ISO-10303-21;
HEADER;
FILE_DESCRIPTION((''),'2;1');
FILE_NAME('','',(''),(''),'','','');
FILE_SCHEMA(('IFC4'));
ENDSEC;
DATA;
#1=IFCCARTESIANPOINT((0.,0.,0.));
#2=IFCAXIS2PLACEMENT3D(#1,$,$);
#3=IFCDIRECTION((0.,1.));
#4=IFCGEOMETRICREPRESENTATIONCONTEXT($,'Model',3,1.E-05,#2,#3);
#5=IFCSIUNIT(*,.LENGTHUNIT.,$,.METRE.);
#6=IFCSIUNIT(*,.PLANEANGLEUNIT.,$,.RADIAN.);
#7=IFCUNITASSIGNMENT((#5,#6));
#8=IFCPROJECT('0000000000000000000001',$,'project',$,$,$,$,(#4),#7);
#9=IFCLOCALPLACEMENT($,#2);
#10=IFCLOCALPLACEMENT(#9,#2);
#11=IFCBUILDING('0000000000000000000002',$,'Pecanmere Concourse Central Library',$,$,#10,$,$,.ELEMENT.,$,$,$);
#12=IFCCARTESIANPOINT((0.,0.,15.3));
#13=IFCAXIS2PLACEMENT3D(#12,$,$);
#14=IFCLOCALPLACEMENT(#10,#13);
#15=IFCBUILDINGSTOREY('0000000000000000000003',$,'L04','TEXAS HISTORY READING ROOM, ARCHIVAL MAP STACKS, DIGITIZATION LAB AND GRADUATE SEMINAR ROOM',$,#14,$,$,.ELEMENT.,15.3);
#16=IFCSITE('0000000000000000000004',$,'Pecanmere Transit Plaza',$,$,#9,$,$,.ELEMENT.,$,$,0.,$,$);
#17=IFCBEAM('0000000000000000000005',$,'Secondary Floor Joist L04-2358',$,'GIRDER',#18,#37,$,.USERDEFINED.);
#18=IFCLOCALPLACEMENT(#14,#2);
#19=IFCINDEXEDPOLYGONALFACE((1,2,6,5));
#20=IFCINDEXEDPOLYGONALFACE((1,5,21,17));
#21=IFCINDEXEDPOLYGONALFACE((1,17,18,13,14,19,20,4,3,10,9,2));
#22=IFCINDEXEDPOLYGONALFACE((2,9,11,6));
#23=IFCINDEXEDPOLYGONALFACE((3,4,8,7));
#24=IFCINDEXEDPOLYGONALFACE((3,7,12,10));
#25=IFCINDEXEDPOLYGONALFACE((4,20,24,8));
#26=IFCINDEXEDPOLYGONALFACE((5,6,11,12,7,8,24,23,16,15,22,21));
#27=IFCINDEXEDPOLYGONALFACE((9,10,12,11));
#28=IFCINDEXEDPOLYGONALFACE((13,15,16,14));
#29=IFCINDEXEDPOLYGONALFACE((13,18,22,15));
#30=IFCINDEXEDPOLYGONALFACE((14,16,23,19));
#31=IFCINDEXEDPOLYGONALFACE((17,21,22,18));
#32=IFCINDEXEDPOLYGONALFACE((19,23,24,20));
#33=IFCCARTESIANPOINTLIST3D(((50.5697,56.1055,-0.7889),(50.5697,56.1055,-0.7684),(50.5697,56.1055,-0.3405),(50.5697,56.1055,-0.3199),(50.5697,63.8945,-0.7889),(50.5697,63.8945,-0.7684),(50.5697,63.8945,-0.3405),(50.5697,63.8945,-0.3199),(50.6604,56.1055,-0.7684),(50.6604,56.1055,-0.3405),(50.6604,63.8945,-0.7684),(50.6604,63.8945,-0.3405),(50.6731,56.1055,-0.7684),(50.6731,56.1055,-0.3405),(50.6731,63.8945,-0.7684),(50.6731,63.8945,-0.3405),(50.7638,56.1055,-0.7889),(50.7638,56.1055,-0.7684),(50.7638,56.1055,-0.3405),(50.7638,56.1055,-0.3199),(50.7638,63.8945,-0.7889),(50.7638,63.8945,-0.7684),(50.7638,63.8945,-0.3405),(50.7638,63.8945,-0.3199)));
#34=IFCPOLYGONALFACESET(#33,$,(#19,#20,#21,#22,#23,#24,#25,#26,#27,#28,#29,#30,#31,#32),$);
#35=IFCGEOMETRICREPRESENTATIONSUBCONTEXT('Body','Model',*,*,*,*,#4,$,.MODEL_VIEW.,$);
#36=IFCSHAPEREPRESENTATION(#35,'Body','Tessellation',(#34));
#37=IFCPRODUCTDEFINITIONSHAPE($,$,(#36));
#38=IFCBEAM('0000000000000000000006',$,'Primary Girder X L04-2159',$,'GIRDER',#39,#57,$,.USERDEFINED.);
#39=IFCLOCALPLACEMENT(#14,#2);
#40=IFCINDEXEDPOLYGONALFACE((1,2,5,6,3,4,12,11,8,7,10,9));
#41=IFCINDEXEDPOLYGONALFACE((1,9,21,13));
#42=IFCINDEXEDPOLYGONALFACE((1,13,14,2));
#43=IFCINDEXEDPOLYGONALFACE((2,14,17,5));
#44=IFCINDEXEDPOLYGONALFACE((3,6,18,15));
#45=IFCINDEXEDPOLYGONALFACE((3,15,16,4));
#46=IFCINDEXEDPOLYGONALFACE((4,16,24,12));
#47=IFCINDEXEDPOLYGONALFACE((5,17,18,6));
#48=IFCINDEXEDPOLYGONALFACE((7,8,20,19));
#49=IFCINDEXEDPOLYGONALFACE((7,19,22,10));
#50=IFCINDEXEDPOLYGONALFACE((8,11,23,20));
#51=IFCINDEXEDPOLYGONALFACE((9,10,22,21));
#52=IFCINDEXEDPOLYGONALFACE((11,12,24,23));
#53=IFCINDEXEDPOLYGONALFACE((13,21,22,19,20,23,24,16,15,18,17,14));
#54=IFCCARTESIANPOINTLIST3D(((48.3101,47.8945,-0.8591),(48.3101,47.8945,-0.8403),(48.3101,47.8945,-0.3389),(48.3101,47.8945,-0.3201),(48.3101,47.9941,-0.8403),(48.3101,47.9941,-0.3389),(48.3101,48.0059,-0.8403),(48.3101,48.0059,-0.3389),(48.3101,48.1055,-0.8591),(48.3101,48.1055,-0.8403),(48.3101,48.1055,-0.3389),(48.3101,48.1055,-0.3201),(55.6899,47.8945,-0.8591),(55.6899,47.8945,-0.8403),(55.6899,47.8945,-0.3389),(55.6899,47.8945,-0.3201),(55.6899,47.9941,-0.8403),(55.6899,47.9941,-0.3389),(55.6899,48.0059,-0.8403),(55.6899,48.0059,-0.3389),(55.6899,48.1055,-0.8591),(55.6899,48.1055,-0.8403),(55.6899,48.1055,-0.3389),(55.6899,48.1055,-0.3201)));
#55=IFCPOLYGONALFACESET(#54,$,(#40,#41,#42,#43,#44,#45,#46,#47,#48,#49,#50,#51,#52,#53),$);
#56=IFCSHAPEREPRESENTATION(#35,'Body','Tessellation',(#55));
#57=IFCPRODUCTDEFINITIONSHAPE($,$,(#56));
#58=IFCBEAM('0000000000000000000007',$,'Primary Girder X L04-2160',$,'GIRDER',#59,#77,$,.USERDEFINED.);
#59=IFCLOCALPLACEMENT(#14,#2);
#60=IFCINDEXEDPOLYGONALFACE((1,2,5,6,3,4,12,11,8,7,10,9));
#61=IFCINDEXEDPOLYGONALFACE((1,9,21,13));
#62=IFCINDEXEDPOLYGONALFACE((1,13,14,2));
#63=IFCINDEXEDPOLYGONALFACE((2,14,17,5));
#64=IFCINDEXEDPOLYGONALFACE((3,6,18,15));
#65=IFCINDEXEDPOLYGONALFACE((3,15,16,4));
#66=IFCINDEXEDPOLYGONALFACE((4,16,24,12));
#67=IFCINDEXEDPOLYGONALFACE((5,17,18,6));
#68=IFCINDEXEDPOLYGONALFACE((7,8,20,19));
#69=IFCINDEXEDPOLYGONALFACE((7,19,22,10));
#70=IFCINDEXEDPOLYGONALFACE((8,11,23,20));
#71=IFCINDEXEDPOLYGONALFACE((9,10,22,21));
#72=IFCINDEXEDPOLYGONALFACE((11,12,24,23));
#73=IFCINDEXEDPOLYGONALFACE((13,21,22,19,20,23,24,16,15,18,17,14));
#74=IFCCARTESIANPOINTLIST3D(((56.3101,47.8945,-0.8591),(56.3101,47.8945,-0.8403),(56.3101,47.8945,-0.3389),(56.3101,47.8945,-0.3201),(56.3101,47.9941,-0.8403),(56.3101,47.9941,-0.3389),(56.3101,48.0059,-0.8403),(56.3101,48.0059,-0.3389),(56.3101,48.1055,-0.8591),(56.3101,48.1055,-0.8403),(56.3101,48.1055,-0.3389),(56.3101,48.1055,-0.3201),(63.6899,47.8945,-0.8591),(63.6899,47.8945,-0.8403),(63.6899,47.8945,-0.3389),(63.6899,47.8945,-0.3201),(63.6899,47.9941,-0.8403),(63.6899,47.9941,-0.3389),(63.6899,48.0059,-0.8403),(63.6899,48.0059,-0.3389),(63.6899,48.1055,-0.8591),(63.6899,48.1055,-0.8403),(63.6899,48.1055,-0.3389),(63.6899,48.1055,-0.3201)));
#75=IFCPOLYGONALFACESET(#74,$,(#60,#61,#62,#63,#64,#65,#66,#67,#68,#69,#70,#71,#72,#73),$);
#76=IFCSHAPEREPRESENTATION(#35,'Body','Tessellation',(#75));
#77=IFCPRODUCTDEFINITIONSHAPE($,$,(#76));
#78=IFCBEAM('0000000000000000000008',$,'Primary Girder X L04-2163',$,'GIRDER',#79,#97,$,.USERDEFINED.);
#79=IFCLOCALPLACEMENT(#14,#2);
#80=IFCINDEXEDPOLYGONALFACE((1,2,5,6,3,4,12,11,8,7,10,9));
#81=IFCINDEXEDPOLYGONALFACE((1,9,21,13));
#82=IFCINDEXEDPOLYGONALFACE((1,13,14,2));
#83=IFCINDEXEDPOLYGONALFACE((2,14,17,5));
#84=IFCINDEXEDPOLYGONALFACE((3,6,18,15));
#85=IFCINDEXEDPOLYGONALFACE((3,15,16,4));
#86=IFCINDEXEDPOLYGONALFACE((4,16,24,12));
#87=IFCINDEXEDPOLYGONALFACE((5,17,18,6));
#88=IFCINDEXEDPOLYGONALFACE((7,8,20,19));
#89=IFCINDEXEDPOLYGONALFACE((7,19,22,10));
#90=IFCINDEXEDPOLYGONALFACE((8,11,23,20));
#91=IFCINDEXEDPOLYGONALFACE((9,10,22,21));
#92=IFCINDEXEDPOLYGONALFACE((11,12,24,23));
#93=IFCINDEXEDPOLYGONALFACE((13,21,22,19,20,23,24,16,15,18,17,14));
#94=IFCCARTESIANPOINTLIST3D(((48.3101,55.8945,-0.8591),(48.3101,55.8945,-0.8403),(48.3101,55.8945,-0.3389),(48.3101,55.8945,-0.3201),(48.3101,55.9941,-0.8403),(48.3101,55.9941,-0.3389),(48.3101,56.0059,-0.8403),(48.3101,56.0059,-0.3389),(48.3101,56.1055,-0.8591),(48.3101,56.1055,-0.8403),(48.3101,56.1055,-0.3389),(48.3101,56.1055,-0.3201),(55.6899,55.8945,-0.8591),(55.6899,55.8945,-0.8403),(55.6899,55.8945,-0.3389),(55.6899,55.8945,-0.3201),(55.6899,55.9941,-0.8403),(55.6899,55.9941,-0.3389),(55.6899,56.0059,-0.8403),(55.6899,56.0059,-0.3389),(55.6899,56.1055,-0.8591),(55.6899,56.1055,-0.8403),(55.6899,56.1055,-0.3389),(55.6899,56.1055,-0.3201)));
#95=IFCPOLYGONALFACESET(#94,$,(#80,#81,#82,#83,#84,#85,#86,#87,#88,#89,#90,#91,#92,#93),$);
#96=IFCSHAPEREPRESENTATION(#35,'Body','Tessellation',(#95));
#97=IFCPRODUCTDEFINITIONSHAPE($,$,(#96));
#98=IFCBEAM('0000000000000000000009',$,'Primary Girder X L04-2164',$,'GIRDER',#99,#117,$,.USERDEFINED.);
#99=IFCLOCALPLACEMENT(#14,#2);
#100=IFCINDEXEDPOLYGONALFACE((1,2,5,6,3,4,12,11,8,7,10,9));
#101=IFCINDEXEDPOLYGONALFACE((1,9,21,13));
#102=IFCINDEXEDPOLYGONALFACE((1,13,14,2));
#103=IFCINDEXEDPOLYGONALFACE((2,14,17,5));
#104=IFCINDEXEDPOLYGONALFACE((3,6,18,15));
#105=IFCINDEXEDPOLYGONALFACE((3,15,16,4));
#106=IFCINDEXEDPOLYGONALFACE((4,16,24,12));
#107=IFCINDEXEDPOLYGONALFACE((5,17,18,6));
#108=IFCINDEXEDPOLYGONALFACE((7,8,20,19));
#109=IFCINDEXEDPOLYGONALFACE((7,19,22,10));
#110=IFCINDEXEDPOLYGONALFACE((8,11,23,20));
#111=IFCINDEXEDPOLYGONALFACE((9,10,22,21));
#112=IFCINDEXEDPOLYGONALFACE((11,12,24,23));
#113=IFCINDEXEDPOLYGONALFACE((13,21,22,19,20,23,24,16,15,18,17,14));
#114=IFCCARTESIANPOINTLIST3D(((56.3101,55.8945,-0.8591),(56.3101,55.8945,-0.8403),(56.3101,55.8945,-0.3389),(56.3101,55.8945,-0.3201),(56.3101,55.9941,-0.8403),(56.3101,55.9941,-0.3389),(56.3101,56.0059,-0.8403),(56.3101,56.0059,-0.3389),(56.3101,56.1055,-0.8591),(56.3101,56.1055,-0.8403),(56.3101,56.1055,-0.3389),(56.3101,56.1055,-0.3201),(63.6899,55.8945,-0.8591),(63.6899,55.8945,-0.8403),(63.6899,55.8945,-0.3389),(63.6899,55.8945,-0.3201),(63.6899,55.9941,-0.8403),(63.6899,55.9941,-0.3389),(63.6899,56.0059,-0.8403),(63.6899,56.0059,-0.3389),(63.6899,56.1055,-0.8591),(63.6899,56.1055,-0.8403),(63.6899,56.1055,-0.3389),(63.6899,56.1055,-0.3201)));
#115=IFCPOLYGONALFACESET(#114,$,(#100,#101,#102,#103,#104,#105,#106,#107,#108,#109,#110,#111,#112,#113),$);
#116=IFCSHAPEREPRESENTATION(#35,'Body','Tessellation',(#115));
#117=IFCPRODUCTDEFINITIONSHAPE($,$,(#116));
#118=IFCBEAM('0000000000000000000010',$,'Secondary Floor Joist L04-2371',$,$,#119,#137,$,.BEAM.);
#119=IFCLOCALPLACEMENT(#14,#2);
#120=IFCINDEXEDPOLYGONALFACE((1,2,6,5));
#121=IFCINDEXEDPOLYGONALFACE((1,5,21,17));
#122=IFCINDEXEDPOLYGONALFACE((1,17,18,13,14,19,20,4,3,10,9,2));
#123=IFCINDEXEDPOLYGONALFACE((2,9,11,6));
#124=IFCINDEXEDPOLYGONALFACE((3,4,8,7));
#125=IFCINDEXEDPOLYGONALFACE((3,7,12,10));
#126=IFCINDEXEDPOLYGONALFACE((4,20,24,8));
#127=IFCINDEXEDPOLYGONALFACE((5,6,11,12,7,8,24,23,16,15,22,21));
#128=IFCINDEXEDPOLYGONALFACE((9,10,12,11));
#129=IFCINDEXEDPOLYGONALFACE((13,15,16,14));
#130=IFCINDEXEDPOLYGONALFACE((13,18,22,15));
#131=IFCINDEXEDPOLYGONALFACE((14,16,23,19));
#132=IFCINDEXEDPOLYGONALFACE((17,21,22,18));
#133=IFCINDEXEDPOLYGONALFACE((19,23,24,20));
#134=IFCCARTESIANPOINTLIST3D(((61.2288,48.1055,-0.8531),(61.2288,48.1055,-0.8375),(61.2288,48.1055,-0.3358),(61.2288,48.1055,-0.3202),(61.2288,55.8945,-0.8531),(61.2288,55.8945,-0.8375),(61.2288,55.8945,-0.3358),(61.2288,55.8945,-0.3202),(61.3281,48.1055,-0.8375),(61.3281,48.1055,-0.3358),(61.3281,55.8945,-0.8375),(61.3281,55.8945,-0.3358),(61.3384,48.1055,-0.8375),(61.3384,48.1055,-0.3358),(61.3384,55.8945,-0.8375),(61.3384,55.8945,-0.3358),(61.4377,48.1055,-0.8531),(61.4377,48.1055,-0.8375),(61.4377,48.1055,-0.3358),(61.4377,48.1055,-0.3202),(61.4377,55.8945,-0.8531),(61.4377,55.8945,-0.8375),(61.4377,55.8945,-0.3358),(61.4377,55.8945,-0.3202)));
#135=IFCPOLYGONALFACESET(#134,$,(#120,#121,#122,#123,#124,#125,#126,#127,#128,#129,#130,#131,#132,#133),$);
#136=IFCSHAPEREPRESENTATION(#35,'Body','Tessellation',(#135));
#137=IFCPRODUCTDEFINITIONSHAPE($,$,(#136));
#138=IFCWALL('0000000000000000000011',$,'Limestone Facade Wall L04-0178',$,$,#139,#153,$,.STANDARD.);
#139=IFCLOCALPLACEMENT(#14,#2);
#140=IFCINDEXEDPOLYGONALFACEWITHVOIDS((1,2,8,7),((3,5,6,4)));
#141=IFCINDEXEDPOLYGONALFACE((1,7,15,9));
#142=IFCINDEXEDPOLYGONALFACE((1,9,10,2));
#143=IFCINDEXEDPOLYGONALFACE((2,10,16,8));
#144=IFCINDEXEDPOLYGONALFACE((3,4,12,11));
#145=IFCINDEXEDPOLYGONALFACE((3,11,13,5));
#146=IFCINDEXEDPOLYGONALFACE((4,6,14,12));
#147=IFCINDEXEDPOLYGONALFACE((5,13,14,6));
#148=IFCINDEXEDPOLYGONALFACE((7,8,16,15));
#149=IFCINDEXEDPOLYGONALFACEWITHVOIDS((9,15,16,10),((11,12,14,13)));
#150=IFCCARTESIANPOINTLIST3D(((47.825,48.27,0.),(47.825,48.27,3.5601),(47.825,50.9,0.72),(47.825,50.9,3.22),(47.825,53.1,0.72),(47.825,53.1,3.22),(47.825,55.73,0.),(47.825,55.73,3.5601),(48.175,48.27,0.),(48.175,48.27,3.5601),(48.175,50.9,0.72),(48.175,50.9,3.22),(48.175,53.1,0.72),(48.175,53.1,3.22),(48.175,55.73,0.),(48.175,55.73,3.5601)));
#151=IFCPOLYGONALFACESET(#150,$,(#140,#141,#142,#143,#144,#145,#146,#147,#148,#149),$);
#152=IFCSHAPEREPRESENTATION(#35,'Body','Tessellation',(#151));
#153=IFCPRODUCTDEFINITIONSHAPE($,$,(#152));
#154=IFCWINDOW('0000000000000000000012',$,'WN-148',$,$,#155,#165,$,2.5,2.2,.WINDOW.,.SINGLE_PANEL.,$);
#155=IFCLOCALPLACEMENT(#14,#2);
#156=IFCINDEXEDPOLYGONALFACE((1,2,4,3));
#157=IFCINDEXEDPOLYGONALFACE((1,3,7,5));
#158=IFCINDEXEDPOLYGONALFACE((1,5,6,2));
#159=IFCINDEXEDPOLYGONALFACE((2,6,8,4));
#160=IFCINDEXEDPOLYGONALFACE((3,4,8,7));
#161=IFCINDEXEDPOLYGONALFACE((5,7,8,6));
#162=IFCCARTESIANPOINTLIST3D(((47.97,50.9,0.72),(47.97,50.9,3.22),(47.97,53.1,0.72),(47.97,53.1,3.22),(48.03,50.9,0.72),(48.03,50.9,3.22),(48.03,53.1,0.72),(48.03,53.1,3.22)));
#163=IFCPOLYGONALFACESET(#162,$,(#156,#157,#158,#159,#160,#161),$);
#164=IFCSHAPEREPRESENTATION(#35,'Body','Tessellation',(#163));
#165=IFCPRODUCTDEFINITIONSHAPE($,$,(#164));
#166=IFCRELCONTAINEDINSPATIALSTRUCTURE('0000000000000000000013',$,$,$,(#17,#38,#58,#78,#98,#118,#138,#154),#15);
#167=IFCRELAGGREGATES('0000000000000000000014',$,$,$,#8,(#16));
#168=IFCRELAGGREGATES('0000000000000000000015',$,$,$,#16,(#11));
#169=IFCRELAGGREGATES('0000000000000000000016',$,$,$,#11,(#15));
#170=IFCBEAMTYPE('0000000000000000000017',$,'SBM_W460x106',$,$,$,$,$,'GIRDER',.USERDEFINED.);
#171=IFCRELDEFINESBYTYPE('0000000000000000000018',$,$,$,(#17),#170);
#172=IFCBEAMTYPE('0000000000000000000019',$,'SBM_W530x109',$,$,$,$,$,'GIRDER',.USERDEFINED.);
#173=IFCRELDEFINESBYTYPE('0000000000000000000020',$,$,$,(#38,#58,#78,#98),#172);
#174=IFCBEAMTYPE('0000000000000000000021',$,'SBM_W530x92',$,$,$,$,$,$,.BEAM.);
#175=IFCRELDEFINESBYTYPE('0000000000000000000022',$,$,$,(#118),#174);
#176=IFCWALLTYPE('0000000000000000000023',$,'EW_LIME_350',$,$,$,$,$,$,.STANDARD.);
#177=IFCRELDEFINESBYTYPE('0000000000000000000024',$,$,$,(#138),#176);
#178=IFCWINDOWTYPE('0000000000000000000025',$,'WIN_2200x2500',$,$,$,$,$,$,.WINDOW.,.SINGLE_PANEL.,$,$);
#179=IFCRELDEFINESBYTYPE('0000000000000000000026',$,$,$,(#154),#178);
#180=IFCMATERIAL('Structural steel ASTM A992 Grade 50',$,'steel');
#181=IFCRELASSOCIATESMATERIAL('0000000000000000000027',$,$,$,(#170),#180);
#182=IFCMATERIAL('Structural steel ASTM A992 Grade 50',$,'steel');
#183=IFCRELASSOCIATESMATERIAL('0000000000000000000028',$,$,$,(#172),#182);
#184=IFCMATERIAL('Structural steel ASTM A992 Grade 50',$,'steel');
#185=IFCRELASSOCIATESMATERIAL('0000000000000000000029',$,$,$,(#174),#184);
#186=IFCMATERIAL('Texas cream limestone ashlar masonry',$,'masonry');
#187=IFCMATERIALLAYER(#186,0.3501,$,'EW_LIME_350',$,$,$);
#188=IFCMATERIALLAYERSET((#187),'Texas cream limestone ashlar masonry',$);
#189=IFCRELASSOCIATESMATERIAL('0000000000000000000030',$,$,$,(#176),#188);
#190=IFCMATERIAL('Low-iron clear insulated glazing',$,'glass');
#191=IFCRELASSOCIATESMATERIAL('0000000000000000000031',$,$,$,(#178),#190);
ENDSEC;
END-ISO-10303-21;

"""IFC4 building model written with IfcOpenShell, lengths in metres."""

from ifc_helpers import new_model, si_unit, direction, frame, frame_2d, origin, origin_2d, place, context, subcontext, project, spatial, rectangle, i_section, extrude, material, layer, layer_set, material_profile, profile_set, type_object, element, fill, save


model = new_model("IFC4")

# Units and contexts
model_context = context("Model", 3, precision=1e-05, world=origin(), true_north=direction((0.0, 1.0)))
body_context = subcontext(model_context, "Body", "Model", "MODEL_VIEW")
ifc_project = project(units=[si_unit("LENGTHUNIT", "METRE"), si_unit("PLANEANGLEUNIT", "RADIAN")], contexts=[model_context])

# Site, building, storey
site_placement = place(None, origin())
site = spatial("IfcSite", under=ifc_project, at=site_placement, Name="Pecanmere Transit Plaza", CompositionType="ELEMENT", RefElevation=0.0)
building_placement = place(site_placement, origin())
building = spatial("IfcBuilding", under=site, at=building_placement, Name="Pecanmere Concourse Central Library", CompositionType="ELEMENT")
storey_placement = place(building_placement, frame((0.0, 0.0, 15.3)))
storey = spatial("IfcBuildingStorey", under=building, at=storey_placement, Name="L04", Description="TEXAS HISTORY READING ROOM, ARCHIVAL MAP STACKS, DIGITIZATION LAB AND GRADUATE SEMINAR ROOM", CompositionType="ELEMENT", Elevation=15.3)

# Beams
ifc_material_1 = material(Name="Structural steel ASTM A992 Grade 50", Category="steel")
ifc_material_profile_1 = material_profile(ifc_material_1, i_section(OverallWidth=0.1941, OverallDepth=0.469, WebThickness=0.0127, FlangeThickness=0.0205, at=origin_2d()), Name="W460x106")
ifc_profile_set_1 = profile_set([ifc_material_profile_1], Name="Structural steel ASTM A992 Grade 50")
beam_type_1 = type_object("IfcBeamType", Name="SBM_W460x106", ElementType="GIRDER", PredefinedType="USERDEFINED", material=ifc_profile_set_1)
beam_1_placement = place(storey_placement, frame((50.6667, 56.1055, -0.5544), z_axis=(0.0, 1.0, 0.0), x_axis=(-1.0, 0.0, 0.0)))
element("IfcBeam", 1, at=beam_1_placement, inside=storey, type_object=beam_type_1, Name="Secondary Floor Joist L04-2358", ObjectType="GIRDER", PredefinedType="USERDEFINED", context=body_context, shape_type="SweptSolid", body=[
    extrude(i_section(OverallWidth=0.1941, OverallDepth=0.469, WebThickness=0.0127, FlangeThickness=0.0205, at=origin_2d()), origin(), (0.0, 0.0, 1.0), 7.7891),
])
ifc_material_2 = material(Name="Structural steel ASTM A992 Grade 50", Category="steel")
ifc_material_profile_2 = material_profile(ifc_material_2, i_section(OverallWidth=0.2109, OverallDepth=0.5391, WebThickness=0.0117, FlangeThickness=0.0188, at=origin_2d()), Name="W530x109")
ifc_profile_set_2 = profile_set([ifc_material_profile_2], Name="Structural steel ASTM A992 Grade 50")
beam_type_2 = type_object("IfcBeamType", Name="SBM_W530x109", ElementType="GIRDER", PredefinedType="USERDEFINED", material=ifc_profile_set_2)
for number, where, z_axis, x_axis, name in (
    (2, (48.3101, 48.0, -0.5896), (1.0, 0.0, 0.0), (0.0, 1.0, 0.0), "Primary Girder X L04-2159"),
    (3, (56.3101, 48.0, -0.5896), (1.0, 0.0, 0.0), (0.0, 1.0, 0.0), "Primary Girder X L04-2160"),
    (4, (48.3101, 56.0, -0.5896), (1.0, 0.0, 0.0), (0.0, 1.0, 0.0), "Primary Girder X L04-2163"),
    (5, (56.3101, 56.0, -0.5896), (1.0, 0.0, 0.0), (0.0, 1.0, 0.0), "Primary Girder X L04-2164"),
):
    element("IfcBeam", number, at=place(storey_placement, frame(where, z_axis=z_axis, x_axis=x_axis)), inside=storey, type_object=beam_type_2, Name=name, ObjectType="GIRDER", PredefinedType="USERDEFINED", context=body_context, shape_type="SweptSolid", body=[
        extrude(i_section(OverallWidth=0.2109, OverallDepth=0.5391, WebThickness=0.0117, FlangeThickness=0.0188, at=origin_2d()), origin(), (0.0, 0.0, 1.0), 7.3799),
    ])
ifc_material_3 = material(Name="Structural steel ASTM A992 Grade 50", Category="steel")
ifc_material_profile_3 = material_profile(ifc_material_3, i_section(OverallWidth=0.209, OverallDepth=0.533, WebThickness=0.0103, FlangeThickness=0.0156, at=origin_2d()), Name="W530x92")
ifc_profile_set_3 = profile_set([ifc_material_profile_3], Name="Structural steel ASTM A992 Grade 50")
beam_type_3 = type_object("IfcBeamType", Name="SBM_W530x92", PredefinedType="BEAM", material=ifc_profile_set_3)
beam_2_placement = place(storey_placement, frame((61.3333, 48.1055, -0.5867), z_axis=(0.0, 1.0, 0.0), x_axis=(-1.0, 0.0, 0.0)))
element("IfcBeam", 6, at=beam_2_placement, inside=storey, type_object=beam_type_3, Name="Secondary Floor Joist L04-2371", PredefinedType="BEAM", context=body_context, shape_type="SweptSolid", body=[
    extrude(i_section(OverallWidth=0.209, OverallDepth=0.533, WebThickness=0.0103, FlangeThickness=0.0156, at=origin_2d()), origin(), (0.0, 0.0, 1.0), 7.7891),
])

# Wall, opening, window
ifc_material_4 = material(Name="Texas cream limestone ashlar masonry", Category="masonry")
ifc_layer = layer(ifc_material_4, 0.3501, Name="EW_LIME_350")
ifc_layer_set = layer_set([ifc_layer], Name="Texas cream limestone ashlar masonry")
wall_type = type_object("IfcWallType", Name="EW_LIME_350", PredefinedType="STANDARD", material=ifc_layer_set)
wall_1_placement = place(storey_placement, frame((48.0, 55.73, 0.0), z_axis=(0.0, 0.0, 1.0), x_axis=(0.0, -1.0, 0.0)))
wall_1 = element("IfcWall", 7, at=wall_1_placement, inside=storey, type_object=wall_type, Name="Limestone Facade Wall L04-0178", PredefinedType="STANDARD", context=body_context, shape_type="SweptSolid", body=[
    extrude(rectangle(XDim=7.46, YDim=0.3501, at=frame_2d((3.73, 0.0))), origin(), (0.0, 0.0, 1.0), 3.5601),
])
opening_1_placement = place(wall_1_placement, frame((2.6299, 0.0, 0.72)))
opening_1 = element("IfcOpeningElement", 8, at=opening_1_placement, cuts=wall_1, PredefinedType="OPENING", context=body_context, shape_type="SweptSolid", body=[
    extrude(rectangle(XDim=2.2, YDim=2.5, at=frame_2d((1.1001, 1.25))), frame((0.0, 0.187, 0.0), z_axis=(0.0, -1.0, 0.0), x_axis=(1.0, 0.0, 0.0)), (0.0, 0.0, 1.0), 0.374),
])
ifc_material_5 = material(Name="Low-iron clear insulated glazing", Category="glass")
window_type_1 = type_object("IfcWindowType", Name="WIN_2200x2500", PartitioningType="SINGLE_PANEL", PredefinedType="WINDOW", material=ifc_material_5)
window_1_placement = place(opening_1_placement, origin())
window_1 = element("IfcWindow", 9, at=window_1_placement, inside=storey, type_object=window_type_1, Name="WN-148", OverallHeight=2.5, OverallWidth=2.2, PartitioningType="SINGLE_PANEL", PredefinedType="WINDOW", context=body_context, shape_type="SweptSolid", body=[
    extrude(rectangle(XDim=2.2, YDim=2.5, at=frame_2d((1.1001, 1.25))), frame((0.0, 0.03, 0.0), z_axis=(0.0, -1.0, 0.0), x_axis=(1.0, 0.0, 0.0)), (0.0, 0.0, 1.0), 0.0601),
])
fill(opening_1, window_1)

save(model, "model.ifc")
